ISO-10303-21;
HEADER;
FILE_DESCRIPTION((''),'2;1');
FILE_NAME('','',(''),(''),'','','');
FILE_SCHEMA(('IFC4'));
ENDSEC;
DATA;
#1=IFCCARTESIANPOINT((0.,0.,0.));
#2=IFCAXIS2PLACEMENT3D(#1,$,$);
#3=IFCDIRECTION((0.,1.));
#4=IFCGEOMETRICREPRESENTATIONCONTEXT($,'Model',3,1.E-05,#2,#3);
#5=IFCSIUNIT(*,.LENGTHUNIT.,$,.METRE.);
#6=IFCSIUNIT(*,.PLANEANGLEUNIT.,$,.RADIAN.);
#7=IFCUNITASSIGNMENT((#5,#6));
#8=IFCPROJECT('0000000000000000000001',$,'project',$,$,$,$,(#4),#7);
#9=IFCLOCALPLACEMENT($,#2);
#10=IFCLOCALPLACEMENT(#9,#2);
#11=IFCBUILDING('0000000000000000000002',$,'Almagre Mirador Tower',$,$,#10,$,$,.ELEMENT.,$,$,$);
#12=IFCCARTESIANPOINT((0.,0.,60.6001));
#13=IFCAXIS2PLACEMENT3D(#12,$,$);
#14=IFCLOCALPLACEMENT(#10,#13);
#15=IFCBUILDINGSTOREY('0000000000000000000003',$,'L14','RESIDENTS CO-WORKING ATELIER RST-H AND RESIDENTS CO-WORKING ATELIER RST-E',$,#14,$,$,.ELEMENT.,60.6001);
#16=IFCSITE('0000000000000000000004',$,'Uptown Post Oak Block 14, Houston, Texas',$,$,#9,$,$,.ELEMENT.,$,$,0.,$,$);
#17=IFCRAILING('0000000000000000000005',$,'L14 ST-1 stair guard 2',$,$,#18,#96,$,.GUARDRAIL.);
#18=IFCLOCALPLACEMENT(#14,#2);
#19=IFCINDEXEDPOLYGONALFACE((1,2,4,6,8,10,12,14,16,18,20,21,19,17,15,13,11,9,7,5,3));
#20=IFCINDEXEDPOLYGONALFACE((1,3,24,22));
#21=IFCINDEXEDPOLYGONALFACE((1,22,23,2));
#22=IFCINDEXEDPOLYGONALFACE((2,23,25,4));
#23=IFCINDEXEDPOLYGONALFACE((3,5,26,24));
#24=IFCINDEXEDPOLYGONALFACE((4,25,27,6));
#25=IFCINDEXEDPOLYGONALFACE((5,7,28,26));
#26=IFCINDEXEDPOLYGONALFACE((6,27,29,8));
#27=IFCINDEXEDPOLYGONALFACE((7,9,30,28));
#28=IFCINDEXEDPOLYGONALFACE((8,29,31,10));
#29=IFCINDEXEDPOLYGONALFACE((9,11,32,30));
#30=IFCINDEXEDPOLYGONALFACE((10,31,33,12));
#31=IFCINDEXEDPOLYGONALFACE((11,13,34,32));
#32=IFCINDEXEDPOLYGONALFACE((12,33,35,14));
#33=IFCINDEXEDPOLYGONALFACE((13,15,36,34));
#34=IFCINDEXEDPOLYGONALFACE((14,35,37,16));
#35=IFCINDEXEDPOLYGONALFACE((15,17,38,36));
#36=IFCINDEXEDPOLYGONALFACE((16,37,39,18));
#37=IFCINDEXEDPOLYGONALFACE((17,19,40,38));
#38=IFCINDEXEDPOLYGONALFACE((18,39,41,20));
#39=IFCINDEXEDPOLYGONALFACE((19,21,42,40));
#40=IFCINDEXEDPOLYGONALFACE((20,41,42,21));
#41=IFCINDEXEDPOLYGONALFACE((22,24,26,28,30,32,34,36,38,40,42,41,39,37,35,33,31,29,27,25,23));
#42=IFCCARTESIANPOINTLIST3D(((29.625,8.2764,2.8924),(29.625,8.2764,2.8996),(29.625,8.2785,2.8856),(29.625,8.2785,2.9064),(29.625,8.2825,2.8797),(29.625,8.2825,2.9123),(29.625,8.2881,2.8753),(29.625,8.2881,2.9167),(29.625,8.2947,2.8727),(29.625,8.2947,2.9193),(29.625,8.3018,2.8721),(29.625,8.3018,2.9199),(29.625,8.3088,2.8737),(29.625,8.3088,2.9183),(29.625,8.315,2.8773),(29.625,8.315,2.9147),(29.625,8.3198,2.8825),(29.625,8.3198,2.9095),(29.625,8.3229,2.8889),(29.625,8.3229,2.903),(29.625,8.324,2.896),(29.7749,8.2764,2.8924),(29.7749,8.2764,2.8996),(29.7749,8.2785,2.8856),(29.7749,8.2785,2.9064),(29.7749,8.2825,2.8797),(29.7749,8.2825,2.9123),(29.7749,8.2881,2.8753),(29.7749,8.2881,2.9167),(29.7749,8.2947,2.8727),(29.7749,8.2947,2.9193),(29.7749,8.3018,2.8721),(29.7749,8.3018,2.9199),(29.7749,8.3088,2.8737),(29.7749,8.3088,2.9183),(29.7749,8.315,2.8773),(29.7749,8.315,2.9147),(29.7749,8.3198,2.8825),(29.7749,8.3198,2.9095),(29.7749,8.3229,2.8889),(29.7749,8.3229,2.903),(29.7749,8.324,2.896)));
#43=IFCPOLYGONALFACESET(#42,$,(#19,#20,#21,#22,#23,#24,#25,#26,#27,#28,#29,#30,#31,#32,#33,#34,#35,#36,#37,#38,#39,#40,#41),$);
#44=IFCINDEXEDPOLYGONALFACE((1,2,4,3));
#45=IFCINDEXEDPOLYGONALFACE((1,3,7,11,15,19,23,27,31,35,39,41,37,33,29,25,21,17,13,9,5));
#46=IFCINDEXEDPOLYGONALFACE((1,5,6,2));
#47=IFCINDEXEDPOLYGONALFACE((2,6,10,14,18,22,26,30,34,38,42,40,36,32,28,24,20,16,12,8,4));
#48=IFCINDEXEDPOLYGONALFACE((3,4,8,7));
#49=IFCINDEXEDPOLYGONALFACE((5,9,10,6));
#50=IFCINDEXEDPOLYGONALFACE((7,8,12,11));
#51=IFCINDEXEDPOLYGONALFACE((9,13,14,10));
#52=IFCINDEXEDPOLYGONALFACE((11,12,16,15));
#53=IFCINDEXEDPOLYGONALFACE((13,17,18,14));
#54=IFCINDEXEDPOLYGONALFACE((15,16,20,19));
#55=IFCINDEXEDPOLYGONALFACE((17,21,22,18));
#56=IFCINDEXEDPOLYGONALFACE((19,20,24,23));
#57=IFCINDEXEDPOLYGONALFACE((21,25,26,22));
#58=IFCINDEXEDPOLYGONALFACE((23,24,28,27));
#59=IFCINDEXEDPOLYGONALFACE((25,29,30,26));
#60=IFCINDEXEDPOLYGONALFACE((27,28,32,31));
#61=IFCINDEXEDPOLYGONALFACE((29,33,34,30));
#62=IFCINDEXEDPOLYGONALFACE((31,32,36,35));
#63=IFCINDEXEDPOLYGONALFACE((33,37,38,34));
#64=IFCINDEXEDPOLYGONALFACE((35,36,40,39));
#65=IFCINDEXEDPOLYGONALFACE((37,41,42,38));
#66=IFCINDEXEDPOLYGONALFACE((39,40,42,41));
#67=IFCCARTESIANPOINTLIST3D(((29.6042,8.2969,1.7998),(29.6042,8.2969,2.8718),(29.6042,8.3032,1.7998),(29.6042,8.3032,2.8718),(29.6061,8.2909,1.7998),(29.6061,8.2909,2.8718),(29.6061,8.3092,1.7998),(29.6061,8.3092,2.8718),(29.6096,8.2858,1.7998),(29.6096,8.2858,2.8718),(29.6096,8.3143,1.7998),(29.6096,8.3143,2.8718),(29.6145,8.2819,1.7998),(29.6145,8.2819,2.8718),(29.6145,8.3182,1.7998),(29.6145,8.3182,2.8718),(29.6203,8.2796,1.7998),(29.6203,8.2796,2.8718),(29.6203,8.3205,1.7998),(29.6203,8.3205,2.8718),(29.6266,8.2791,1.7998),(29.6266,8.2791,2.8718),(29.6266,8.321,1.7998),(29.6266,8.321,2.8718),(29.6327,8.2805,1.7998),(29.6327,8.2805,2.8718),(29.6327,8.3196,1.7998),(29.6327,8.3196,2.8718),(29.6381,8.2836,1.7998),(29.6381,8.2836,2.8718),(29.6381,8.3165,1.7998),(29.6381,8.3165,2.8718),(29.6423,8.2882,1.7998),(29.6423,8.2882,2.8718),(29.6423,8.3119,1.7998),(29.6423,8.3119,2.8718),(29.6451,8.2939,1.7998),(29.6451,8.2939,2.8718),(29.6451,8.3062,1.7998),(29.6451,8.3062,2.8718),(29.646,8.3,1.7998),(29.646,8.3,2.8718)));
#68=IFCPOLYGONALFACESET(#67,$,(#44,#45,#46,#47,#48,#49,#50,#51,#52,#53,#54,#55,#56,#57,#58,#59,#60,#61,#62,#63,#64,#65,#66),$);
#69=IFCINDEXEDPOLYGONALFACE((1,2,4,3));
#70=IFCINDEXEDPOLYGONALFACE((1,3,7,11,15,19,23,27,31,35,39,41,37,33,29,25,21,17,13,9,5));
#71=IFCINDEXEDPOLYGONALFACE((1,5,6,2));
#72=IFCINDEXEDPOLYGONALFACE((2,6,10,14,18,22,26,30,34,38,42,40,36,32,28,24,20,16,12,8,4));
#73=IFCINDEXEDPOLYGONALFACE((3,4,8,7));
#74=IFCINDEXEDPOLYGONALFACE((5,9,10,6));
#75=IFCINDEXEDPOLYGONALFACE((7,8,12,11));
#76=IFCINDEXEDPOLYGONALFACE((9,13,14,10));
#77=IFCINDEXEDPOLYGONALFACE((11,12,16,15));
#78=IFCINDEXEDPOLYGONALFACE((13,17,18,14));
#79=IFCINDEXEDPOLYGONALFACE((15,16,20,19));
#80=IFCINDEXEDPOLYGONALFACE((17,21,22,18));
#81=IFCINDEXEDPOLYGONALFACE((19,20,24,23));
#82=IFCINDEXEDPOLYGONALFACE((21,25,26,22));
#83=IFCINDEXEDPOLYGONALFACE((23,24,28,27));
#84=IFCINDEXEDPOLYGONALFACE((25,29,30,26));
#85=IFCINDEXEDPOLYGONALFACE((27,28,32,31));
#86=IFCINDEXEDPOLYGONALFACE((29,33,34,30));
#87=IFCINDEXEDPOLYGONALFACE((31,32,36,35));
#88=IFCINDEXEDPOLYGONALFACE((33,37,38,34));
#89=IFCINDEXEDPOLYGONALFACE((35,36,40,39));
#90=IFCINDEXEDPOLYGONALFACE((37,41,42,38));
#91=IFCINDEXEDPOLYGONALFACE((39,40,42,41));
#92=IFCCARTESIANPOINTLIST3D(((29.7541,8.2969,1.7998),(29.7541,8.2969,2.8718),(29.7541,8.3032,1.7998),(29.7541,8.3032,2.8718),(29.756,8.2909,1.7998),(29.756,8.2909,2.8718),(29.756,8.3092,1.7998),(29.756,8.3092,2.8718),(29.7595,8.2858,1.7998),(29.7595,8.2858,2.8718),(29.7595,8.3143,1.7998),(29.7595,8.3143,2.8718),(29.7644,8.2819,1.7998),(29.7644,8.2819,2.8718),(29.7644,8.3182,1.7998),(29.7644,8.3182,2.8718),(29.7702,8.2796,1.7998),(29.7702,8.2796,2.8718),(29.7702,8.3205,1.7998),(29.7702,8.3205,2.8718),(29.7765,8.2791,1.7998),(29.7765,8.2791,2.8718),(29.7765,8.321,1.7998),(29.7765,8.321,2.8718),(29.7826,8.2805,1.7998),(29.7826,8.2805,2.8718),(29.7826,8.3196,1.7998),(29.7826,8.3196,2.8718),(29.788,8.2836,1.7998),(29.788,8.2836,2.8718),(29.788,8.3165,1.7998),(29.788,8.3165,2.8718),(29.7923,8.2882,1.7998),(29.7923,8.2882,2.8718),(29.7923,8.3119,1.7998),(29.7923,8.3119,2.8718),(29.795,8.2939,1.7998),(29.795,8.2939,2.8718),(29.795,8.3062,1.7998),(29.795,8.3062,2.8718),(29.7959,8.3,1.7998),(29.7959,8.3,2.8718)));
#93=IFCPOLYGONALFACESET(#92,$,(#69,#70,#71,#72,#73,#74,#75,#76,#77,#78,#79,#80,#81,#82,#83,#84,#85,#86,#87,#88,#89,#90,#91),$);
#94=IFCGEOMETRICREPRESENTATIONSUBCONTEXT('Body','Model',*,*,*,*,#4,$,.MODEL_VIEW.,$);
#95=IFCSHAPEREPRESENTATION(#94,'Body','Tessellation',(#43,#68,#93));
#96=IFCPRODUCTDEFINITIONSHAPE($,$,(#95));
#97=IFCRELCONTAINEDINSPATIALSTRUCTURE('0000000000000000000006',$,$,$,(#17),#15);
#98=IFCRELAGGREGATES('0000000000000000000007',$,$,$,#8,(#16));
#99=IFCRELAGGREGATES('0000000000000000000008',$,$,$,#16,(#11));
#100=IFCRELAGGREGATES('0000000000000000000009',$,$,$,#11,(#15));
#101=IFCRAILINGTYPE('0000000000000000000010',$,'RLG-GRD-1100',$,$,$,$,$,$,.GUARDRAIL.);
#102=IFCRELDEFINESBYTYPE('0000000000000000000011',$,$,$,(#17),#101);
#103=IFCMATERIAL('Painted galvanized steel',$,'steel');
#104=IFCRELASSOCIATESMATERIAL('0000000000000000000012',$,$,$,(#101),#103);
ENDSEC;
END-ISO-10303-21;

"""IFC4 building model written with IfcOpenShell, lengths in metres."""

from ifc_helpers import new_model, si_unit, direction, frame, origin, origin_2d, place, context, subcontext, project, spatial, circle, extrude, material, type_object, element, save


model = new_model("IFC4")

# Units and contexts
model_context = context("Model", 3, precision=1e-05, world=origin(), true_north=direction((0.0, 1.0)))
body_context = subcontext(model_context, "Body", "Model", "MODEL_VIEW")
ifc_project = project(units=[si_unit("LENGTHUNIT", "METRE"), si_unit("PLANEANGLEUNIT", "RADIAN")], contexts=[model_context])

# Site, building, storey
site_placement = place(None, origin())
site = spatial("IfcSite", under=ifc_project, at=site_placement, Name="Uptown Post Oak Block 14, Houston, Texas", CompositionType="ELEMENT", RefElevation=0.0)
building_placement = place(site_placement, origin())
building = spatial("IfcBuilding", under=site, at=building_placement, Name="Almagre Mirador Tower", CompositionType="ELEMENT")
storey_placement = place(building_placement, frame((0.0, 0.0, 60.6001)))
storey = spatial("IfcBuildingStorey", under=building, at=storey_placement, Name="L14", Description="RESIDENTS CO-WORKING ATELIER RST-H AND RESIDENTS CO-WORKING ATELIER RST-E", CompositionType="ELEMENT", Elevation=60.6001)

# Railing
ifc_material_1 = material(Name="Painted galvanized steel", Category="steel")
railing_type_1 = type_object("IfcRailingType", Name="RLG-GRD-1100", PredefinedType="GUARDRAIL", material=ifc_material_1)
railing_1_placement = place(storey_placement, frame((29.625, 8.3, 1.7998)))
element("IfcRailing", 1, at=railing_1_placement, inside=storey, type_object=railing_type_1, Name="L14 ST-1 stair guard 2", PredefinedType="GUARDRAIL", context=body_context, shape_type="SweptSolid", body=[
    extrude(circle(Radius=0.0239, at=origin_2d()), frame((0.0, 0.0, 1.0962), z_axis=(1.0, 0.0, 0.0), x_axis=(0.0, 1.0, 0.0)), (0.0, 0.0, 1.0), 0.1499),
    extrude(circle(Radius=0.021, at=origin_2d()), origin(), (0.0, 0.0, 1.0), 1.072),
    extrude(circle(Radius=0.021, at=origin_2d()), frame((0.1499, 0.0, 0.0)), (0.0, 0.0, 1.0), 1.072),
])

save(model, "model.ifc")
